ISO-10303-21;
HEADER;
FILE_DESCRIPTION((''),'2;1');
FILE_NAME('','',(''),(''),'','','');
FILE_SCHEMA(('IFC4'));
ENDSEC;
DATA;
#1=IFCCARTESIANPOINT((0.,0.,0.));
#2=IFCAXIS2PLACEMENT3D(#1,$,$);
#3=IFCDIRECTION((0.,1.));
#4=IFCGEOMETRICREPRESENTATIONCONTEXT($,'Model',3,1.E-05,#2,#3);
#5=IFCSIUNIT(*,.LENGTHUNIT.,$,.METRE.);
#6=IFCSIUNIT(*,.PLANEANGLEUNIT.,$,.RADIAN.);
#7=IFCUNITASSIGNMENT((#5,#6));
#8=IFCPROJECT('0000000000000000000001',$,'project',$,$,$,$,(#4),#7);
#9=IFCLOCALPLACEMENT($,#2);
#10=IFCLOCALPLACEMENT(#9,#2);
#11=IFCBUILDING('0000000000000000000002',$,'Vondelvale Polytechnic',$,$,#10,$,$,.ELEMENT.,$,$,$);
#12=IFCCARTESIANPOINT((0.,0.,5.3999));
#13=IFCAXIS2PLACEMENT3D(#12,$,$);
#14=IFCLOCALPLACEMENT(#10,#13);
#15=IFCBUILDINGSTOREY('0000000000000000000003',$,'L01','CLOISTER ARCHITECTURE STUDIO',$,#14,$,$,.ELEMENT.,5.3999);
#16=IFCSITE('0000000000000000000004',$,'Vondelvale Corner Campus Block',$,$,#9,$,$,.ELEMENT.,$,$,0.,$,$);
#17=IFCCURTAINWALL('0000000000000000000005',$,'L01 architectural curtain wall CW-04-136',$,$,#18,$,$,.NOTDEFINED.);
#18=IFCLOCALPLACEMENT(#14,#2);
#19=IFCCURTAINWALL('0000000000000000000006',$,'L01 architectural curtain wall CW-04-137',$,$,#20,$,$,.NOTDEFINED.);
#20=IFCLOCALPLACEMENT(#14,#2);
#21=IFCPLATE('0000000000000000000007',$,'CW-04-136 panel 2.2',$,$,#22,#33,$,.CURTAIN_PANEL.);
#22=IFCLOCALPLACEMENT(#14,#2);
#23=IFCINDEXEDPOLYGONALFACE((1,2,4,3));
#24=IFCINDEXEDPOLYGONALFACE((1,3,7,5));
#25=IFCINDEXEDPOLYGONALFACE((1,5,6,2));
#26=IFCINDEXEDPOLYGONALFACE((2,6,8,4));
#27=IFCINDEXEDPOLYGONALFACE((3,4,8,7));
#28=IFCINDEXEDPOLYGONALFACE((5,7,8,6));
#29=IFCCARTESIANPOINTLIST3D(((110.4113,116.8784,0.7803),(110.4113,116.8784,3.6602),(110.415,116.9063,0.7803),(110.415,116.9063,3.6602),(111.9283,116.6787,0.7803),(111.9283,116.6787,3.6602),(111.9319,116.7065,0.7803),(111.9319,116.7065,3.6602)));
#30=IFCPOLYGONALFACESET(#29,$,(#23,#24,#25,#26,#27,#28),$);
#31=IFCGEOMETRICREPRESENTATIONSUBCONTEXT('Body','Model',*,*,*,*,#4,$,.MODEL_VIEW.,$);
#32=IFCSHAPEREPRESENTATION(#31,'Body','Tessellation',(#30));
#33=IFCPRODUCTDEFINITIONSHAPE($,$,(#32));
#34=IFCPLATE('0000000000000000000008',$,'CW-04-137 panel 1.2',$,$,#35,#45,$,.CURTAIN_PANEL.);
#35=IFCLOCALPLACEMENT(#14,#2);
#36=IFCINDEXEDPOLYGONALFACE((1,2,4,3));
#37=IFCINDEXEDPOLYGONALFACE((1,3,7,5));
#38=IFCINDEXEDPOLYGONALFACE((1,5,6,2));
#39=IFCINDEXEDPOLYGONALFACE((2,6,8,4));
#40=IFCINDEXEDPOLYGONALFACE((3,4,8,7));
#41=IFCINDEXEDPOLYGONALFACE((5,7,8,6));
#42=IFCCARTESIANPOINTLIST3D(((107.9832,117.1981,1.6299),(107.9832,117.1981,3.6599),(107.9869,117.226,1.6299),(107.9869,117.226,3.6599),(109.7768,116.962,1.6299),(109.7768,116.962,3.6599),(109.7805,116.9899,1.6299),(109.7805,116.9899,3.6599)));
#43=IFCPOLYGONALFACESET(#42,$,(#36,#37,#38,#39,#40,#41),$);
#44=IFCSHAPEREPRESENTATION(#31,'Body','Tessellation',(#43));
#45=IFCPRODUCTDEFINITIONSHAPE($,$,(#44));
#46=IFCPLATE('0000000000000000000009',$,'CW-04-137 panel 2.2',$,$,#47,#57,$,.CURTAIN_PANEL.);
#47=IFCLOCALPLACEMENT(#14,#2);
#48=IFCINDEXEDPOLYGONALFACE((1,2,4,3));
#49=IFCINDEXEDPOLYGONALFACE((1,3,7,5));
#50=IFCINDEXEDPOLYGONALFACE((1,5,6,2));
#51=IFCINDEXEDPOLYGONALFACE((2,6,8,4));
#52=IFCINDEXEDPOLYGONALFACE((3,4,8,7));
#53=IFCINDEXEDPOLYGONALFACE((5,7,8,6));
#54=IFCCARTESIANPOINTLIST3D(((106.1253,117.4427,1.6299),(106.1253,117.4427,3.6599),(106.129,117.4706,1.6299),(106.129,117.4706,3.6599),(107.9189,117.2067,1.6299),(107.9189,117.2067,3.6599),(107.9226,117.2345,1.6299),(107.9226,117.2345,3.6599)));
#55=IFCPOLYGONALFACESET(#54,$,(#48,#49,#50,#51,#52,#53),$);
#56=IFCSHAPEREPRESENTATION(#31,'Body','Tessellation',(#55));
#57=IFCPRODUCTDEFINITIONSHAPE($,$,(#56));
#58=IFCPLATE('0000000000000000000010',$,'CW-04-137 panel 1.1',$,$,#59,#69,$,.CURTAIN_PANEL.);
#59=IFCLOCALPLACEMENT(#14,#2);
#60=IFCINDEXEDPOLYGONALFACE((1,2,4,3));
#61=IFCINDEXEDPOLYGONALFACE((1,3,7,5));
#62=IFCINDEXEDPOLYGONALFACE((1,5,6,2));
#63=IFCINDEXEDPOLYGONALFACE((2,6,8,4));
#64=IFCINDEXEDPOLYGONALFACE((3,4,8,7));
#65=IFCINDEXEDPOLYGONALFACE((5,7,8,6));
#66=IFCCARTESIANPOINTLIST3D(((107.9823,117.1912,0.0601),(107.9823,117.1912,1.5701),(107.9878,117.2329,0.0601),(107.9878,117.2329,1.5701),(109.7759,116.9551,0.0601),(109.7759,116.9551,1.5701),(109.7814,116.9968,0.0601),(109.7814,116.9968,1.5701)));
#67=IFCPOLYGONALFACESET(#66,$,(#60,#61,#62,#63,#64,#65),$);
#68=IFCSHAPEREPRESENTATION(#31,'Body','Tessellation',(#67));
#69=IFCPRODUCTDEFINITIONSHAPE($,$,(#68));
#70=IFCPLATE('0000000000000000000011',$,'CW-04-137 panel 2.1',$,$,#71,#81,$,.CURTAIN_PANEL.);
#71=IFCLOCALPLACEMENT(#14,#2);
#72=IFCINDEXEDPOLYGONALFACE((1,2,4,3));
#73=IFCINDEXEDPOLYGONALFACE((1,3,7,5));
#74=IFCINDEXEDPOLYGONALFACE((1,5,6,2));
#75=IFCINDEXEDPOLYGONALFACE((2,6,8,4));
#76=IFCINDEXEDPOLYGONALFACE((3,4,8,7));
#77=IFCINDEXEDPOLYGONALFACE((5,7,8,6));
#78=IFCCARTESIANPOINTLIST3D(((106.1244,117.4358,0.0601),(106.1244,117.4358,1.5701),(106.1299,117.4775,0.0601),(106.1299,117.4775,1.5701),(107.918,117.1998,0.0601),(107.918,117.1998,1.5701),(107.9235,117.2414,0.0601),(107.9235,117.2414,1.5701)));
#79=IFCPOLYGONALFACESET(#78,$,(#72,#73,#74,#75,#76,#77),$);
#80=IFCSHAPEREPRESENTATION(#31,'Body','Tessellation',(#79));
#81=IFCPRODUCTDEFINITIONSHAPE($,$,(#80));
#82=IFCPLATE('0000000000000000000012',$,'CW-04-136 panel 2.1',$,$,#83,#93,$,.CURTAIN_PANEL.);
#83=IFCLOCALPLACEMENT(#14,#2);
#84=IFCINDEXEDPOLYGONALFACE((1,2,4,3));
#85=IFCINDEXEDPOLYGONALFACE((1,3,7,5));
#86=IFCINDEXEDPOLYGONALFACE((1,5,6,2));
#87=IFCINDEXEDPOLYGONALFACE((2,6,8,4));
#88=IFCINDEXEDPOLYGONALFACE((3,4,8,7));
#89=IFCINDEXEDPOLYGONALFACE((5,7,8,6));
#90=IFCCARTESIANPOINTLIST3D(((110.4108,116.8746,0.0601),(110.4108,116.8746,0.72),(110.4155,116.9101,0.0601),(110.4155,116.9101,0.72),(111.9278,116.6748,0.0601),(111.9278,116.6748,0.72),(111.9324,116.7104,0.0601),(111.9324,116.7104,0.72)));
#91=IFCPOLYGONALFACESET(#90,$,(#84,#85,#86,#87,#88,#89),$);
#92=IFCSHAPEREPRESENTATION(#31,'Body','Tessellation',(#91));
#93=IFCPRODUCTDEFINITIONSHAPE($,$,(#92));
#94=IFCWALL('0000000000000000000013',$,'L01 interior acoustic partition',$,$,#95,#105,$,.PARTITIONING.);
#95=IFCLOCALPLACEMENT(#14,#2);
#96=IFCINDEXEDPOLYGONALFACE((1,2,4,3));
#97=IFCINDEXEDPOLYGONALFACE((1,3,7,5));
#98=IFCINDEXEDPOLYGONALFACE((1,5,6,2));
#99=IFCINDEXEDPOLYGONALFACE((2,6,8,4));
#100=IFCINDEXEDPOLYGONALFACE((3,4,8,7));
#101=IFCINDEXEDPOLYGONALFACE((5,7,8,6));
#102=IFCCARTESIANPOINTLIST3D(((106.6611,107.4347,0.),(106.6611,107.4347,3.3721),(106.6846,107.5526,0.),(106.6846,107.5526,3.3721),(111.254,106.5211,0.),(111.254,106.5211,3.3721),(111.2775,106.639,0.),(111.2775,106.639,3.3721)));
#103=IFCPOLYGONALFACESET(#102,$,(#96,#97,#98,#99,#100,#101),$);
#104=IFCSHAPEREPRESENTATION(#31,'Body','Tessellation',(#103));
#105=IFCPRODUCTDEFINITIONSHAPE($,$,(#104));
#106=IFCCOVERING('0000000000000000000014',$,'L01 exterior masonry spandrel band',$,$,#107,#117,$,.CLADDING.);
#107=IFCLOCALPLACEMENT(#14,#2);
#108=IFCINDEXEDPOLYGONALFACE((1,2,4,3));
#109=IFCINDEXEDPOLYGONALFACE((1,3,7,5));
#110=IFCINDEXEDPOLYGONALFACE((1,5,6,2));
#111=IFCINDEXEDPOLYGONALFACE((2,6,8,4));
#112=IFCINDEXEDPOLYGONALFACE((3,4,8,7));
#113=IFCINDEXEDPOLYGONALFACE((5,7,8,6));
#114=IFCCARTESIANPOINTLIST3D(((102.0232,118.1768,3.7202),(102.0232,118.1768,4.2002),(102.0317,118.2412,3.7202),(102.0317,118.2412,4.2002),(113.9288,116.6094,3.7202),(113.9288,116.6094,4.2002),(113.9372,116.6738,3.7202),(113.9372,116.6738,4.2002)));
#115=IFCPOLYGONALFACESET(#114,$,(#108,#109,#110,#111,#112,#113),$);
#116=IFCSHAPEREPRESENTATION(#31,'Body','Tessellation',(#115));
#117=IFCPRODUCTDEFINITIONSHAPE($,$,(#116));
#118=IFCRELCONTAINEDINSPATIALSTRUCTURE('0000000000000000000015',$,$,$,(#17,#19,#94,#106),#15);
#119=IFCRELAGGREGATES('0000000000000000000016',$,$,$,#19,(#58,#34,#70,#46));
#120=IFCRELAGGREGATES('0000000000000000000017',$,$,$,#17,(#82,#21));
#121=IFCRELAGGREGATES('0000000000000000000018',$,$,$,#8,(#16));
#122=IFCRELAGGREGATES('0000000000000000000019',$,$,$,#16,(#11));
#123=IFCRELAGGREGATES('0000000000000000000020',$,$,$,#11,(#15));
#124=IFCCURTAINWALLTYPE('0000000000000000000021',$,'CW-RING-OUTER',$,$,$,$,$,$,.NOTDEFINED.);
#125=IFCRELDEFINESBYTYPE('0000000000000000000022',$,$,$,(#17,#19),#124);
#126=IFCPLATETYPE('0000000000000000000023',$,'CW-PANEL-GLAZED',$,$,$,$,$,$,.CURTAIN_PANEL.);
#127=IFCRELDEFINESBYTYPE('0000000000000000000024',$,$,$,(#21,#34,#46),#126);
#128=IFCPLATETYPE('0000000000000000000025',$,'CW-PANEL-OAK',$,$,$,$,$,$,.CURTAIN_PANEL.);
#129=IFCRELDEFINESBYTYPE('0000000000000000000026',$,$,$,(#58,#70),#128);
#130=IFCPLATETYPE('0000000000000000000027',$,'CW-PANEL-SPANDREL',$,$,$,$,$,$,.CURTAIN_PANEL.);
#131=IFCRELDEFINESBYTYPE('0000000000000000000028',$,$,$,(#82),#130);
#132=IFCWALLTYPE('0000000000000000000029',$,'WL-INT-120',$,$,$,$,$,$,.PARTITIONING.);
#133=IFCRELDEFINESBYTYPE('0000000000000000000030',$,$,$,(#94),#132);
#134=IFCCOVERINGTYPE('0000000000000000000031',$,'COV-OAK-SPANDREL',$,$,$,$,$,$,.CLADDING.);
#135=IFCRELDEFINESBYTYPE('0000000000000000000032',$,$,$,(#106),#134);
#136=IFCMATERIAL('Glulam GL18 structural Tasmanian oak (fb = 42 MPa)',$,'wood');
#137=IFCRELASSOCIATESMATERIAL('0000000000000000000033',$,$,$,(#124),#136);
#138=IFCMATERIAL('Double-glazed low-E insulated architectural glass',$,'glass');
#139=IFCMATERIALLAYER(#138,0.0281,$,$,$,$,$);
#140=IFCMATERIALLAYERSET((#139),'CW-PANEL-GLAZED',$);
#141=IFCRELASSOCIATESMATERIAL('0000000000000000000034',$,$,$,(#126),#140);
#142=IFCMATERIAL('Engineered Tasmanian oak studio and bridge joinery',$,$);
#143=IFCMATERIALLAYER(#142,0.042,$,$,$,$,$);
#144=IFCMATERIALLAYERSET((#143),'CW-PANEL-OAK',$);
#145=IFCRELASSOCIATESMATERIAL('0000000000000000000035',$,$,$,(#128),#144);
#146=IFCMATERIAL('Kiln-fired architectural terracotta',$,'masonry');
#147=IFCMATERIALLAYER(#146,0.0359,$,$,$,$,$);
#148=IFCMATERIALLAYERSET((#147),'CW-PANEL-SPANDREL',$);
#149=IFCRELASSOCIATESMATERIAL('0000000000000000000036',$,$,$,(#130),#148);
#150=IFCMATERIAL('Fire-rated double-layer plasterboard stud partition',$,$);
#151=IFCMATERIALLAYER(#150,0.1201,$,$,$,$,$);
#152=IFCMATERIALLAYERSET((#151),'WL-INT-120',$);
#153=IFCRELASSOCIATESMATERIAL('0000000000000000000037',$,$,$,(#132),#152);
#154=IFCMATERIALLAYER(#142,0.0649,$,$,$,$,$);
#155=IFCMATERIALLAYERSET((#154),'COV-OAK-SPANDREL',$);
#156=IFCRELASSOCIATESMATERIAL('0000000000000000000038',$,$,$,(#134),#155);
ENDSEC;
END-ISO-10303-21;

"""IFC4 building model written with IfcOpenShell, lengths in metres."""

from ifc_helpers import new_model, si_unit, direction, frame, frame_2d, origin, origin_2d, place, context, subcontext, project, spatial, rectangle, extrude, material, layer, layer_set, type_object, element, aggregate, save


model = new_model("IFC4")

# Units and contexts
model_context = context("Model", 3, precision=1e-05, world=origin(), true_north=direction((0.0, 1.0)))
body_context = subcontext(model_context, "Body", "Model", "MODEL_VIEW")
ifc_project = project(units=[si_unit("LENGTHUNIT", "METRE"), si_unit("PLANEANGLEUNIT", "RADIAN")], contexts=[model_context])

# Site, building, storey
site_placement = place(None, origin())
site = spatial("IfcSite", under=ifc_project, at=site_placement, Name="Vondelvale Corner Campus Block", CompositionType="ELEMENT", RefElevation=0.0)
building_placement = place(site_placement, origin())
building = spatial("IfcBuilding", under=site, at=building_placement, Name="Vondelvale Polytechnic", CompositionType="ELEMENT")
storey_placement = place(building_placement, frame((0.0, 0.0, 5.3999)))
storey = spatial("IfcBuildingStorey", under=building, at=storey_placement, Name="L01", Description="CLOISTER ARCHITECTURE STUDIO", CompositionType="ELEMENT", Elevation=5.3999)

# Shared definitions
ifc_material_1 = material(Name="Glulam GL18 structural Tasmanian oak (fb = 42 MPa)", Category="wood")

# Curtain wall
curtain_wall_type = type_object("IfcCurtainWallType", Name="CW-RING-OUTER", PredefinedType="NOTDEFINED", material=ifc_material_1)
curtain_wall_1_placement = place(storey_placement, origin())
curtain_wall_1 = element("IfcCurtainWall", 1, at=curtain_wall_1_placement, inside=storey, type_object=curtain_wall_type, Name="L01 architectural curtain wall CW-04-136", PredefinedType="NOTDEFINED")

# Curtain wall
curtain_wall_2_placement = place(storey_placement, origin())
curtain_wall_2 = element("IfcCurtainWall", 2, at=curtain_wall_2_placement, inside=storey, type_object=curtain_wall_type, Name="L01 architectural curtain wall CW-04-137", PredefinedType="NOTDEFINED")

# Plates
ifc_material_2 = material(Name="Double-glazed low-E insulated architectural glass", Category="glass")
ifc_layer_1 = layer(ifc_material_2, 0.0281)
ifc_layer_set_1 = layer_set([ifc_layer_1], Name="CW-PANEL-GLAZED")
plate_type_1 = type_object("IfcPlateType", Name="CW-PANEL-GLAZED", PredefinedType="CURTAIN_PANEL", material=ifc_layer_set_1)
plate_1_placement = place(storey_placement, frame((111.1716, 116.7925, 0.7803), z_axis=(0.0, 0.0, 1.0), x_axis=(-0.991443, 0.13054, 0.0)))
plate_1 = element("IfcPlate", 3, at=plate_1_placement, type_object=plate_type_1, Name="CW-04-136 panel 2.2", PredefinedType="CURTAIN_PANEL", context=body_context, shape_type="SweptSolid", body=[
    extrude(rectangle(XDim=1.53, YDim=0.0281, at=origin_2d()), origin(), (0.0, 0.0, 1.0), 2.8799),
])
plate_2_placement = place(storey_placement, frame((108.8818, 117.094, 1.6299), z_axis=(0.0, 0.0, 1.0), x_axis=(-0.991449, 0.130497, 0.0)))
plate_2 = element("IfcPlate", 4, at=plate_2_placement, type_object=plate_type_1, Name="CW-04-137 panel 1.2", PredefinedType="CURTAIN_PANEL", context=body_context, shape_type="SweptSolid", body=[
    extrude(rectangle(XDim=1.8091, YDim=0.0281, at=origin_2d()), origin(), (0.0, 0.0, 1.0), 2.03),
])
plate_3_placement = place(storey_placement, frame((107.0239, 117.3386, 1.6299), z_axis=(0.0, 0.0, 1.0), x_axis=(-0.991449, 0.130497, 0.0)))
plate_3 = element("IfcPlate", 5, at=plate_3_placement, type_object=plate_type_1, Name="CW-04-137 panel 2.2", PredefinedType="CURTAIN_PANEL", context=body_context, shape_type="SweptSolid", body=[
    extrude(rectangle(XDim=1.8091, YDim=0.0281, at=origin_2d()), origin(), (0.0, 0.0, 1.0), 2.03),
])
ifc_material_3 = material(Name="Engineered Tasmanian oak studio and bridge joinery")
ifc_layer_2 = layer(ifc_material_3, 0.042)
ifc_layer_set_2 = layer_set([ifc_layer_2], Name="CW-PANEL-OAK")
plate_type_2 = type_object("IfcPlateType", Name="CW-PANEL-OAK", PredefinedType="CURTAIN_PANEL", material=ifc_layer_set_2)
plate_4_placement = place(storey_placement, frame((108.8818, 117.094, 0.0601), z_axis=(0.0, 0.0, 1.0), x_axis=(-0.991449, 0.130497, 0.0)))
plate_4 = element("IfcPlate", 6, at=plate_4_placement, type_object=plate_type_2, Name="CW-04-137 panel 1.1", PredefinedType="CURTAIN_PANEL", context=body_context, shape_type="SweptSolid", body=[
    extrude(rectangle(XDim=1.8091, YDim=0.042, at=origin_2d()), origin(), (0.0, 0.0, 1.0), 1.51),
])
plate_5_placement = place(storey_placement, frame((107.0239, 117.3386, 0.0601), z_axis=(0.0, 0.0, 1.0), x_axis=(-0.991449, 0.130497, 0.0)))
plate_5 = element("IfcPlate", 7, at=plate_5_placement, type_object=plate_type_2, Name="CW-04-137 panel 2.1", PredefinedType="CURTAIN_PANEL", context=body_context, shape_type="SweptSolid", body=[
    extrude(rectangle(XDim=1.8091, YDim=0.042, at=origin_2d()), origin(), (0.0, 0.0, 1.0), 1.51),
])
aggregate(curtain_wall_2, [plate_4, plate_2, plate_5, plate_3])
ifc_material_4 = material(Name="Kiln-fired architectural terracotta", Category="masonry")
ifc_layer_3 = layer(ifc_material_4, 0.0359)
ifc_layer_set_3 = layer_set([ifc_layer_3], Name="CW-PANEL-SPANDREL")
plate_type_3 = type_object("IfcPlateType", Name="CW-PANEL-SPANDREL", PredefinedType="CURTAIN_PANEL", material=ifc_layer_set_3)
plate_6_placement = place(storey_placement, frame((111.1716, 116.7925, 0.0601), z_axis=(0.0, 0.0, 1.0), x_axis=(-0.991443, 0.13054, 0.0)))
plate_6 = element("IfcPlate", 8, at=plate_6_placement, type_object=plate_type_3, Name="CW-04-136 panel 2.1", PredefinedType="CURTAIN_PANEL", context=body_context, shape_type="SweptSolid", body=[
    extrude(rectangle(XDim=1.53, YDim=0.0359, at=origin_2d()), origin(), (0.0, 0.0, 1.0), 0.6599),
])
aggregate(curtain_wall_1, [plate_6, plate_1])

# Wall
ifc_material_5 = material(Name="Fire-rated double-layer plasterboard stud partition")
ifc_layer_4 = layer(ifc_material_5, 0.1201)
ifc_layer_set_4 = layer_set([ifc_layer_4], Name="WL-INT-120")
wall_type = type_object("IfcWallType", Name="WL-INT-120", PredefinedType="PARTITIONING", material=ifc_layer_set_4)
wall_placement = place(storey_placement, frame((111.2656, 106.5801, 0.0), z_axis=(0.0, 0.0, 1.0), x_axis=(-0.980785, 0.195093, 0.0)))
element("IfcWall", 9, at=wall_placement, inside=storey, type_object=wall_type, Name="L01 interior acoustic partition", PredefinedType="PARTITIONING", context=body_context, shape_type="SweptSolid", body=[
    extrude(rectangle(XDim=4.6829, YDim=0.1201, at=frame_2d((2.3413, 0.0))), origin(), (0.0, 0.0, 1.0), 3.3721),
])

# Covering
ifc_layer_5 = layer(ifc_material_3, 0.0649)
ifc_layer_set_5 = layer_set([ifc_layer_5], Name="COV-OAK-SPANDREL")
covering_type = type_object("IfcCoveringType", Name="COV-OAK-SPANDREL", PredefinedType="CLADDING", material=ifc_layer_set_5)
covering_placement = place(storey_placement, frame((107.9802, 117.4253, 3.7202), z_axis=(0.0, 0.0, 1.0), x_axis=(-0.991445, 0.130526, 0.0)))
element("IfcCovering", 10, at=covering_placement, inside=storey, type_object=covering_type, Name="L01 exterior masonry spandrel band", PredefinedType="CLADDING", context=body_context, shape_type="SweptSolid", body=[
    extrude(rectangle(XDim=12.0083, YDim=0.0649, at=origin_2d()), origin(), (0.0, 0.0, 1.0), 0.48),
])

save(model, "model.ifc")
